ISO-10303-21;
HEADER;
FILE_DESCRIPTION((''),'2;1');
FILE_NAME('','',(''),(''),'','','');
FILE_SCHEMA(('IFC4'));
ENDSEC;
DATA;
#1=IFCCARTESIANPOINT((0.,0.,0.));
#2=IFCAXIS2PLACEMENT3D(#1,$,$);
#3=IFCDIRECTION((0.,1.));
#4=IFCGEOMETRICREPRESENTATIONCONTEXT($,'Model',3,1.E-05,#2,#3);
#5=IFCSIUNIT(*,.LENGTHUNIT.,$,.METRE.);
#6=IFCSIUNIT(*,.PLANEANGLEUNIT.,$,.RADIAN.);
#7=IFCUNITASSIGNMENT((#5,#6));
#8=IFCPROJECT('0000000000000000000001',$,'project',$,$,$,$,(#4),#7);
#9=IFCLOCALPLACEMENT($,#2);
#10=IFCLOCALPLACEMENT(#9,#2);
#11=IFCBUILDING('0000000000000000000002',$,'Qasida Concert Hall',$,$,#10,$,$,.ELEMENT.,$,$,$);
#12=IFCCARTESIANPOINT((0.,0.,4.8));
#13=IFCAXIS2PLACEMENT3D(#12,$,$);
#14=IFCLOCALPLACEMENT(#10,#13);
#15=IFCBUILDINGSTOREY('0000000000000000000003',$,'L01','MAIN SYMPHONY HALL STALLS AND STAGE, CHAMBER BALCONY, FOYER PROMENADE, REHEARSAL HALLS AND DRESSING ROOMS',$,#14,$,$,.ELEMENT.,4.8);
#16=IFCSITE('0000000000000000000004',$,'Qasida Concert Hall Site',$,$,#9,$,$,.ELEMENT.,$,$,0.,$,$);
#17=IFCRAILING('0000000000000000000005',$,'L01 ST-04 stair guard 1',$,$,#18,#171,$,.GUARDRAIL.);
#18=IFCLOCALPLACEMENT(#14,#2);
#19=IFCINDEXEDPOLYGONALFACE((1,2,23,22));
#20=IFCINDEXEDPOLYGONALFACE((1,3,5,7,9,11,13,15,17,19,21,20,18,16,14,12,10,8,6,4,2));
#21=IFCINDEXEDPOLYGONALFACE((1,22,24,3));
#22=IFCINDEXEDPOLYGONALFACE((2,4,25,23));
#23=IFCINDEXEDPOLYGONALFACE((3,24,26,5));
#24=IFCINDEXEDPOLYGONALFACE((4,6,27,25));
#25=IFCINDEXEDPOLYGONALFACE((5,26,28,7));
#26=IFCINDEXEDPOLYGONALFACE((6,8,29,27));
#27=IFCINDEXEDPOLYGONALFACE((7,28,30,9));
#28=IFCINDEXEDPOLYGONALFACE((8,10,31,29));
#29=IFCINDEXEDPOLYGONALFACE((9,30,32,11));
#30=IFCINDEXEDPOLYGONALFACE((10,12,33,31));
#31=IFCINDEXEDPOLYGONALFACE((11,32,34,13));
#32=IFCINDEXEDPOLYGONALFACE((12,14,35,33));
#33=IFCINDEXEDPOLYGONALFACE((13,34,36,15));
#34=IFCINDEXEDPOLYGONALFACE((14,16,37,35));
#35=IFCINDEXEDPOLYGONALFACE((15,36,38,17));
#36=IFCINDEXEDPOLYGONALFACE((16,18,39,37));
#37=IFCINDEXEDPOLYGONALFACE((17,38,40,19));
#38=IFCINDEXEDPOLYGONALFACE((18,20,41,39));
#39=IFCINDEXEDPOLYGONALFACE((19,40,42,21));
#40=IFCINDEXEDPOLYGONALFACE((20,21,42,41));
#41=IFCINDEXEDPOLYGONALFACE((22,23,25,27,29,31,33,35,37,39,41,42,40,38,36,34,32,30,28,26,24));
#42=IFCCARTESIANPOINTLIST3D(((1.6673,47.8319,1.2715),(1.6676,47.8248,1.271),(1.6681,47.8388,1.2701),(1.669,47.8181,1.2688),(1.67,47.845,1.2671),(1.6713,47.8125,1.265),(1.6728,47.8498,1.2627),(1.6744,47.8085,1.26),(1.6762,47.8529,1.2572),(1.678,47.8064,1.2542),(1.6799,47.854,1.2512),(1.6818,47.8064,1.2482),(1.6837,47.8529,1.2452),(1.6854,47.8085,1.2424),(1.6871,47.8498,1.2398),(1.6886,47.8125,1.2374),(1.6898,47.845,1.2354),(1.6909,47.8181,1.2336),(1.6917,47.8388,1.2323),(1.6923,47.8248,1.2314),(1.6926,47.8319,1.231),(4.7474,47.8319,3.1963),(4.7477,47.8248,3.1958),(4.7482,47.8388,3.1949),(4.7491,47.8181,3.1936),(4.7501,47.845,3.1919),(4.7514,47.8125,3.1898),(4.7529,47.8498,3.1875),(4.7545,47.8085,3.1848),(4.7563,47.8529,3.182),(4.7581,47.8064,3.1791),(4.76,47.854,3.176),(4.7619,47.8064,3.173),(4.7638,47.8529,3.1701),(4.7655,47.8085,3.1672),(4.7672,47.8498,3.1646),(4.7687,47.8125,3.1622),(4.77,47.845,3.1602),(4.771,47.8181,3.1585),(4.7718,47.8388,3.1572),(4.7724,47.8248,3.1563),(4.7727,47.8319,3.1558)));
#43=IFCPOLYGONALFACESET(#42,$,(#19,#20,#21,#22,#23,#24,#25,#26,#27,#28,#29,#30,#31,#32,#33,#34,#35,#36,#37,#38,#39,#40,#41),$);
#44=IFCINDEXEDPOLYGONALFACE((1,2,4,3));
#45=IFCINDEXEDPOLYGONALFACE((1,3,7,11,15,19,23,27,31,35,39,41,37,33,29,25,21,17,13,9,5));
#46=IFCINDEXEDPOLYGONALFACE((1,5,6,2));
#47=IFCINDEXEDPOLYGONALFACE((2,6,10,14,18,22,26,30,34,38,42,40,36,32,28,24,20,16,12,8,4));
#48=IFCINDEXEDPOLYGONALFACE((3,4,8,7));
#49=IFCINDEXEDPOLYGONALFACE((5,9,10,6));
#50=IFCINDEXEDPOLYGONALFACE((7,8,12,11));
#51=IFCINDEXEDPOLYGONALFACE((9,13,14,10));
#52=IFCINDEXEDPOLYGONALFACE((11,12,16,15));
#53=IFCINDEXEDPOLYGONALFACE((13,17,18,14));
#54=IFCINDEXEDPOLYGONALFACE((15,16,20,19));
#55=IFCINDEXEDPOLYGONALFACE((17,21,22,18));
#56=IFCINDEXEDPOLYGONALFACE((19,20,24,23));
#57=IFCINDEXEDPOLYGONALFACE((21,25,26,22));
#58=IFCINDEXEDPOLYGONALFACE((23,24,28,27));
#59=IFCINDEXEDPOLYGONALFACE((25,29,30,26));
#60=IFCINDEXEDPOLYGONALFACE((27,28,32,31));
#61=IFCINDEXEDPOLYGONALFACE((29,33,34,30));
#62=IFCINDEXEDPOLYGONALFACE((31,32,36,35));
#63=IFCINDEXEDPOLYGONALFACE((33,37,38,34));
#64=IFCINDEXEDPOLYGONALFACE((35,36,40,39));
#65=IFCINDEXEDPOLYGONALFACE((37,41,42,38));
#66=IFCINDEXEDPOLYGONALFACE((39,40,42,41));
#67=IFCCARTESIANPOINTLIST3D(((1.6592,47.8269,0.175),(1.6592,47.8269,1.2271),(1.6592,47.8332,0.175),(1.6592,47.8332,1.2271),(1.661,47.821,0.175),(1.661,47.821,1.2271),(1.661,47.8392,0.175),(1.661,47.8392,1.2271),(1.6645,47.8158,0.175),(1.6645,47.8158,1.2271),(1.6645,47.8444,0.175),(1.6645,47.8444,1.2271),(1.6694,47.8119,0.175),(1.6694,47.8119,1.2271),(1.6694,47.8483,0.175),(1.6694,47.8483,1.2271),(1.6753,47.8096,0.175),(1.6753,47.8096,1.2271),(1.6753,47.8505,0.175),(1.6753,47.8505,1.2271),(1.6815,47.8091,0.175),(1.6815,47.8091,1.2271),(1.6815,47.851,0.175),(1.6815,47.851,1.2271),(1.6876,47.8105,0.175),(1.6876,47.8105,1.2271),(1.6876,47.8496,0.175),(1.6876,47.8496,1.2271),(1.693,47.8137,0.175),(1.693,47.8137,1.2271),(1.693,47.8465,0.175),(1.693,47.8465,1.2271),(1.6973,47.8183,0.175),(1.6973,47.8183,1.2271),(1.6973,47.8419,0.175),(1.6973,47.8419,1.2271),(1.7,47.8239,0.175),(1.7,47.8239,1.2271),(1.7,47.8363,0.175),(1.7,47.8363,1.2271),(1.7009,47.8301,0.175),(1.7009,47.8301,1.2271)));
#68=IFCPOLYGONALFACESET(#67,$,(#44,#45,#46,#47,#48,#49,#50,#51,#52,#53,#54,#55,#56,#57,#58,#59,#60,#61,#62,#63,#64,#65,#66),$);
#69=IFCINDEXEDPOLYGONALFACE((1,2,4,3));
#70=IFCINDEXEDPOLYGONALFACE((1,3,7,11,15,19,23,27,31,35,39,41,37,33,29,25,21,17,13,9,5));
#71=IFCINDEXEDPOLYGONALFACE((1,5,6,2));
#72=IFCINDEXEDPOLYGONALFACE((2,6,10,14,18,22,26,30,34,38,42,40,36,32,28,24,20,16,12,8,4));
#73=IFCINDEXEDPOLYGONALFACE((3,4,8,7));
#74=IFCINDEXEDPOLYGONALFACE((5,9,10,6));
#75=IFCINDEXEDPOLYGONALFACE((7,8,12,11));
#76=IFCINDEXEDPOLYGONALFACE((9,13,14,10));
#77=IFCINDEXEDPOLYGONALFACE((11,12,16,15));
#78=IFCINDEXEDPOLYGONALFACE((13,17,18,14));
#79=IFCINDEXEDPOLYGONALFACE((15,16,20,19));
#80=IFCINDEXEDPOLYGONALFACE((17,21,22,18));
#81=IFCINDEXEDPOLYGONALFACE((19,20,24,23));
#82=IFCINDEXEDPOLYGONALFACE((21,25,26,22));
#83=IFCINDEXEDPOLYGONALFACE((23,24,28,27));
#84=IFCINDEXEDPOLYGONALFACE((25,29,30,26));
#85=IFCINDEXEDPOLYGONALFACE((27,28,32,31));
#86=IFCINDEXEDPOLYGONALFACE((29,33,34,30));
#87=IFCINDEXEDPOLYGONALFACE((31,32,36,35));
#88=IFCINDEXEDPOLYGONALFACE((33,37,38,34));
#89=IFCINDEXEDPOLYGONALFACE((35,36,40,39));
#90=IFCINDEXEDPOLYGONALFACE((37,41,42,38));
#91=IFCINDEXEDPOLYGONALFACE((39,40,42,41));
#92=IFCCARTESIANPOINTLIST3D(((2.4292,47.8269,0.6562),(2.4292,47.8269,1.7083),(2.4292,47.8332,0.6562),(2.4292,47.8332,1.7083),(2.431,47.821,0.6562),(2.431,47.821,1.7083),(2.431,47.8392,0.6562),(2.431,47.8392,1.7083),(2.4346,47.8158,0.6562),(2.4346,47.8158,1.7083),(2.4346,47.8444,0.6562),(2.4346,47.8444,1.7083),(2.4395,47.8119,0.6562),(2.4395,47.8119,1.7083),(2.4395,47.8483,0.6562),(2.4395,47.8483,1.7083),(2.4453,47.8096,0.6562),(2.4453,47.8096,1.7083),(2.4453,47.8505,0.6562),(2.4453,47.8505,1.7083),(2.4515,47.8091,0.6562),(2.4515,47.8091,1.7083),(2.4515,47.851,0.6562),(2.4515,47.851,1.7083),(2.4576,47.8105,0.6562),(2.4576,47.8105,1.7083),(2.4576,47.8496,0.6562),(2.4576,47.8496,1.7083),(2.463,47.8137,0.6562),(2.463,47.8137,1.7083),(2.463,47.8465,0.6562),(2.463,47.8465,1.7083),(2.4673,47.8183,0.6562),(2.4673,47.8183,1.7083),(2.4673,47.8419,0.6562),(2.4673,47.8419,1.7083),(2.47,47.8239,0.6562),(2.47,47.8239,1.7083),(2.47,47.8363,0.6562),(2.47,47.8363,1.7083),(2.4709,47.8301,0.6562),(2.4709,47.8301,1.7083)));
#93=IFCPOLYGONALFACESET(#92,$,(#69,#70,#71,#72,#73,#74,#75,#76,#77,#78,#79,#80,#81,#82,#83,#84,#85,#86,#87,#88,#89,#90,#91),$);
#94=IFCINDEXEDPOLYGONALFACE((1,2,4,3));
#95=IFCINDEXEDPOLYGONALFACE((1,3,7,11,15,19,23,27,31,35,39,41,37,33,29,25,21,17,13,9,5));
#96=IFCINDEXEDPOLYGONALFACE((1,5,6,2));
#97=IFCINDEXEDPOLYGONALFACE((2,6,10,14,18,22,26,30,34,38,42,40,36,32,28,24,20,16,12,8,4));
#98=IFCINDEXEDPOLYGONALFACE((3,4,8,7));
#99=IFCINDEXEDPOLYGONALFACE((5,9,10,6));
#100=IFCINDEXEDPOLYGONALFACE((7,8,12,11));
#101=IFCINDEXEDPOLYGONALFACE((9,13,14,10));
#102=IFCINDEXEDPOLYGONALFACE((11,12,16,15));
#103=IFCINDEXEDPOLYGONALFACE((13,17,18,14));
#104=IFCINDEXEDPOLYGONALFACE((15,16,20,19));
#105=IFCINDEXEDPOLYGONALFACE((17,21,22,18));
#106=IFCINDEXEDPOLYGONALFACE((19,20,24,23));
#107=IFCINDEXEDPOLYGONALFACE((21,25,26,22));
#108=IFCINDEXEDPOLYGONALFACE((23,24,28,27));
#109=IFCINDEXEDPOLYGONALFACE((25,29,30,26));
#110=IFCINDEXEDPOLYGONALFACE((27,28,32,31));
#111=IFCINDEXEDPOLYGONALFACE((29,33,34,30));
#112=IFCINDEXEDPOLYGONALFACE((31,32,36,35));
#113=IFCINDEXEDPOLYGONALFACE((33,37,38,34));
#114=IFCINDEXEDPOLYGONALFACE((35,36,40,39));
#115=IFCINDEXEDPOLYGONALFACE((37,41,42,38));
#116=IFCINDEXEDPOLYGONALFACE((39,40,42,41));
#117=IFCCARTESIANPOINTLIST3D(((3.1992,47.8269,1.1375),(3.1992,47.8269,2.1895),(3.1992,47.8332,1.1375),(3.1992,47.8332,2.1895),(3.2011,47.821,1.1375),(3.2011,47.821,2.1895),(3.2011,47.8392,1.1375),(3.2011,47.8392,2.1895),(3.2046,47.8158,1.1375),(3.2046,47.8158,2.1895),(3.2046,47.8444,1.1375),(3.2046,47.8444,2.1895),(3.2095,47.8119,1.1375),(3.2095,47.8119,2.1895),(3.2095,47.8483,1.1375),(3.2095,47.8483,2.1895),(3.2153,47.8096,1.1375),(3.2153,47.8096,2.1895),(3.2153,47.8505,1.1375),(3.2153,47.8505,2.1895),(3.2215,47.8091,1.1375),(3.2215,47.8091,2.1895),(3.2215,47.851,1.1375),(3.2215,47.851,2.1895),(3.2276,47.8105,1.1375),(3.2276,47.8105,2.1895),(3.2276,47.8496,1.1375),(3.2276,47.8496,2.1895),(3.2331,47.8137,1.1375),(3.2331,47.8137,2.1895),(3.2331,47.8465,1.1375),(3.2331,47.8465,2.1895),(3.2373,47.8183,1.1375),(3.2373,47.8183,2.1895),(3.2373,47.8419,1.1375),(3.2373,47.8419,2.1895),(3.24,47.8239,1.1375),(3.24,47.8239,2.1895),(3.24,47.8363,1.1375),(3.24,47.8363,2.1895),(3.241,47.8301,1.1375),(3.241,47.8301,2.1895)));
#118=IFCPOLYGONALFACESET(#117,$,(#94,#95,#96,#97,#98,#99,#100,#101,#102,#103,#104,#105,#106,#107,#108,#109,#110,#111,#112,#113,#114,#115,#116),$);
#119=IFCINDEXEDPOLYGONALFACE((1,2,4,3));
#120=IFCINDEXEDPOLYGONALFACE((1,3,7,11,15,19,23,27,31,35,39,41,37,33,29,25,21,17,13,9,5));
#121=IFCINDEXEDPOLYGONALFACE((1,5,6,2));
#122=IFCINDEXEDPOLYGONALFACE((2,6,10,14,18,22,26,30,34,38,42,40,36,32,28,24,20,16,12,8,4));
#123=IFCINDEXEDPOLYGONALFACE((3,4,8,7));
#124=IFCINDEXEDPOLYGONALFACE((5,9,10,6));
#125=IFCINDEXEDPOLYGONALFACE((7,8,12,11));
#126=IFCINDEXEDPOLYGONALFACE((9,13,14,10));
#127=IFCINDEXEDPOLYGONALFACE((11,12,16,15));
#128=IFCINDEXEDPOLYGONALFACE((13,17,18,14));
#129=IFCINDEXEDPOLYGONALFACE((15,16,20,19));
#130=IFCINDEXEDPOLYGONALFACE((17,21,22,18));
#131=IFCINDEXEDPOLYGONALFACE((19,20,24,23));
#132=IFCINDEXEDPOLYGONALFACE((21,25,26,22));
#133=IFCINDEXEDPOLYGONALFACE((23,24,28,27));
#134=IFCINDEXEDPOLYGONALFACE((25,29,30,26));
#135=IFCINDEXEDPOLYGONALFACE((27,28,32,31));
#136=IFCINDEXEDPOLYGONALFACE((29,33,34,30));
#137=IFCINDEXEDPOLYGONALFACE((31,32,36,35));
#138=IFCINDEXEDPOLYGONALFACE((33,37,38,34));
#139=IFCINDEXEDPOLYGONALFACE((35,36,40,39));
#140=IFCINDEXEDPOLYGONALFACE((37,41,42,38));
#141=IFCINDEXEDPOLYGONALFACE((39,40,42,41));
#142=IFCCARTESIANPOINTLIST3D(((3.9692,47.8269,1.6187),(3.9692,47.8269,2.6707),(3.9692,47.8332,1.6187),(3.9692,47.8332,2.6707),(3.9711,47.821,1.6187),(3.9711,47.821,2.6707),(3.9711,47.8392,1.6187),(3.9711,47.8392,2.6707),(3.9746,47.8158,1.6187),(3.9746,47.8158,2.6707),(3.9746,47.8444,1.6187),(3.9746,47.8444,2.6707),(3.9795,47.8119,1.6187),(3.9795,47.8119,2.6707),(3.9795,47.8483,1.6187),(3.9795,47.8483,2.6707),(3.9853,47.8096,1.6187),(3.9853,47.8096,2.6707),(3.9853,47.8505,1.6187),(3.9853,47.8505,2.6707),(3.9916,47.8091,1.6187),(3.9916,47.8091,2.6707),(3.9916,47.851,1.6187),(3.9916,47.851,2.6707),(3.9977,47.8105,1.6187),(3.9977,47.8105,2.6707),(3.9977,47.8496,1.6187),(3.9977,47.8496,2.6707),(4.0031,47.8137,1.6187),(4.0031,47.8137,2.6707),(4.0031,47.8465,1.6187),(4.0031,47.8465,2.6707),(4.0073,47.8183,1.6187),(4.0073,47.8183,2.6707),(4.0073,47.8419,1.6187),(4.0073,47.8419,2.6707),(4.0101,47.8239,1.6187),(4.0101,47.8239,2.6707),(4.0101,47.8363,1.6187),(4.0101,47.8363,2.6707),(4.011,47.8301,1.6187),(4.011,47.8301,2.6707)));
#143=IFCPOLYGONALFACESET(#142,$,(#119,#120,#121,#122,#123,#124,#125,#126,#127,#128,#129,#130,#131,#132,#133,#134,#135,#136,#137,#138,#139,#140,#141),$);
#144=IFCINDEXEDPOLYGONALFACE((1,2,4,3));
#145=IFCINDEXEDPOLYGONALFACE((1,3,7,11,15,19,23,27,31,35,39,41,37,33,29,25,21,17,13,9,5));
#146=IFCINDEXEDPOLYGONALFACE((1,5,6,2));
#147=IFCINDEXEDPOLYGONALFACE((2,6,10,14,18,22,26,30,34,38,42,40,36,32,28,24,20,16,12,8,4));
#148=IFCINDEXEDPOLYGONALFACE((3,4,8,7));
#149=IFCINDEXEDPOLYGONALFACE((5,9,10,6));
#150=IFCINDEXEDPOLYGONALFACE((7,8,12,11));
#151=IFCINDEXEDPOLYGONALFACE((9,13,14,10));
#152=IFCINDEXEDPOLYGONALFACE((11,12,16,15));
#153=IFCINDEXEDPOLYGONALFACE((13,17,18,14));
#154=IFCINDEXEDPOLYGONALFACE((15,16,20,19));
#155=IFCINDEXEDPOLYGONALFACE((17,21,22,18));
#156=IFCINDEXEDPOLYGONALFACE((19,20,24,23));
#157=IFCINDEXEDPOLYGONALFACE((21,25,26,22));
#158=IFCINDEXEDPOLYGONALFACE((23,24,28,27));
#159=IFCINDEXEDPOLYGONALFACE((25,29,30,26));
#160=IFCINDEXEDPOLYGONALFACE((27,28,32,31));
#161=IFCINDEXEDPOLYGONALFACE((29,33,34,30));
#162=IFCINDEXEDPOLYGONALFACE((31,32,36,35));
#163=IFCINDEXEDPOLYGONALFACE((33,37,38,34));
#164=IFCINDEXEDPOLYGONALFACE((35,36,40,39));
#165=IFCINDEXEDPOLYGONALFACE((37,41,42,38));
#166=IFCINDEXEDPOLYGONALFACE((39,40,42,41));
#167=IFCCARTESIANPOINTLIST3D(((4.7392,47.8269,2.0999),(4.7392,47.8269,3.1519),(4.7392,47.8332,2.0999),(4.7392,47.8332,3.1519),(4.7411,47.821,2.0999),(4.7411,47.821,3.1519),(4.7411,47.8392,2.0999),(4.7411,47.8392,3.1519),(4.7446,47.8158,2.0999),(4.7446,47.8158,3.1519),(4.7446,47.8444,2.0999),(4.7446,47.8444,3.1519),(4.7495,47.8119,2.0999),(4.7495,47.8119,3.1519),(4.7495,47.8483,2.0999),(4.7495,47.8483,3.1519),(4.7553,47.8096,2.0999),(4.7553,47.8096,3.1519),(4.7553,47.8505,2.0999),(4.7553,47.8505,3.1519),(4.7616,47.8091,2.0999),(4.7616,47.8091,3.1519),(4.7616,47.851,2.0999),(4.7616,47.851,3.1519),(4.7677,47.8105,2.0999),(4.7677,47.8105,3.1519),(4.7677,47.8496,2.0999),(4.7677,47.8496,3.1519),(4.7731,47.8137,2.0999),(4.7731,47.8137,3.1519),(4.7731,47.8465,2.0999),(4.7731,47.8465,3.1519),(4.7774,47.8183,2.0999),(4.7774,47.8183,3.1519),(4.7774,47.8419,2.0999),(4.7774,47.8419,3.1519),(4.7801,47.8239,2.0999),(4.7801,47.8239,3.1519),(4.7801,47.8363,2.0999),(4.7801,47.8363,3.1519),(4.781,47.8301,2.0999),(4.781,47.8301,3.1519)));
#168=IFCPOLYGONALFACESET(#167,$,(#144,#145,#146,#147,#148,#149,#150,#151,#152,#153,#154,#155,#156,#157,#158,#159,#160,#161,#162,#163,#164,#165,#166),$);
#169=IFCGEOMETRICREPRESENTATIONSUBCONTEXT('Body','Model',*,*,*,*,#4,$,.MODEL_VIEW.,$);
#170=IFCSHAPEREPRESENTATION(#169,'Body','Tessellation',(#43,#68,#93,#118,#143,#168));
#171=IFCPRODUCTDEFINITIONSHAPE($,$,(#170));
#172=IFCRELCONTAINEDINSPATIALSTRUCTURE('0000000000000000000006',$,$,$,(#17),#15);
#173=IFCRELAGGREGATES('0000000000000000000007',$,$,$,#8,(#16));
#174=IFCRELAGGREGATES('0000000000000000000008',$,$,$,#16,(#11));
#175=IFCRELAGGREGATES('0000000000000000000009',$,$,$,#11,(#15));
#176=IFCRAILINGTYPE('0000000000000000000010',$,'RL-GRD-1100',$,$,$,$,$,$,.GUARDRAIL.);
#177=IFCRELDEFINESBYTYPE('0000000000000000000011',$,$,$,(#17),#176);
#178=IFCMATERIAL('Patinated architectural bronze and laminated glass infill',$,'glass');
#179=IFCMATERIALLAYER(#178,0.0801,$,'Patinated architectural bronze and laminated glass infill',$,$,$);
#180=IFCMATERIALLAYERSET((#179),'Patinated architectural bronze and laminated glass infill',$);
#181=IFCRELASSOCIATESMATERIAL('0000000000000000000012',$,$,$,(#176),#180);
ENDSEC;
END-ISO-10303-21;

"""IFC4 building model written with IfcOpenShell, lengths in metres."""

from ifc_helpers import new_model, si_unit, direction, frame, origin, origin_2d, place, context, subcontext, project, spatial, circle, extrude, material, layer, layer_set, type_object, element, save


model = new_model("IFC4")

# Units and contexts
model_context = context("Model", 3, precision=1e-05, world=origin(), true_north=direction((0.0, 1.0)))
body_context = subcontext(model_context, "Body", "Model", "MODEL_VIEW")
ifc_project = project(units=[si_unit("LENGTHUNIT", "METRE"), si_unit("PLANEANGLEUNIT", "RADIAN")], contexts=[model_context])

# Site, building, storey
site_placement = place(None, origin())
site = spatial("IfcSite", under=ifc_project, at=site_placement, Name="Qasida Concert Hall Site", CompositionType="ELEMENT", RefElevation=0.0)
building_placement = place(site_placement, origin())
building = spatial("IfcBuilding", under=site, at=building_placement, Name="Qasida Concert Hall", CompositionType="ELEMENT")
storey_placement = place(building_placement, frame((0.0, 0.0, 4.8)))
storey = spatial("IfcBuildingStorey", under=building, at=storey_placement, Name="L01", Description="MAIN SYMPHONY HALL STALLS AND STAGE, CHAMBER BALCONY, FOYER PROMENADE, REHEARSAL HALLS AND DRESSING ROOMS", CompositionType="ELEMENT", Elevation=4.8)

# Railing
ifc_material_1 = material(Name="Patinated architectural bronze and laminated glass infill", Category="glass")
ifc_layer_1 = layer(ifc_material_1, 0.0801, Name="Patinated architectural bronze and laminated glass infill")
ifc_layer_set_1 = layer_set([ifc_layer_1], Name="Patinated architectural bronze and laminated glass infill")
railing_type_1 = type_object("IfcRailingType", Name="RL-GRD-1100", PredefinedType="GUARDRAIL", material=ifc_layer_set_1)
railing_1_placement = place(storey_placement, frame((1.6799, 47.8301, 0.175)))
element("IfcRailing", 1, at=railing_1_placement, inside=storey, type_object=railing_type_1, Name="L01 ST-04 stair guard 1", PredefinedType="GUARDRAIL", context=body_context, shape_type="SweptSolid", body=[
    extrude(circle(Radius=0.0239, at=origin_2d()), frame((0.0, 0.0, 1.0762), z_axis=(0.848029, 0.0, 0.529951), x_axis=(0.0, 1.0, 0.0)), (0.0, 0.0, 1.0), 3.6321),
    extrude(circle(Radius=0.021, at=origin_2d()), origin(), (0.0, 0.0, 1.0), 1.052),
    extrude(circle(Radius=0.021, at=origin_2d()), frame((0.77, 0.0, 0.4812)), (0.0, 0.0, 1.0), 1.052),
    extrude(circle(Radius=0.021, at=origin_2d()), frame((1.54, 0.0, 0.9624)), (0.0, 0.0, 1.0), 1.052),
    extrude(circle(Radius=0.021, at=origin_2d()), frame((2.3101, 0.0, 1.4436)), (0.0, 0.0, 1.0), 1.052),
    extrude(circle(Radius=0.021, at=origin_2d()), frame((3.0801, 0.0, 1.9248)), (0.0, 0.0, 1.0), 1.052),
])

save(model, "model.ifc")
